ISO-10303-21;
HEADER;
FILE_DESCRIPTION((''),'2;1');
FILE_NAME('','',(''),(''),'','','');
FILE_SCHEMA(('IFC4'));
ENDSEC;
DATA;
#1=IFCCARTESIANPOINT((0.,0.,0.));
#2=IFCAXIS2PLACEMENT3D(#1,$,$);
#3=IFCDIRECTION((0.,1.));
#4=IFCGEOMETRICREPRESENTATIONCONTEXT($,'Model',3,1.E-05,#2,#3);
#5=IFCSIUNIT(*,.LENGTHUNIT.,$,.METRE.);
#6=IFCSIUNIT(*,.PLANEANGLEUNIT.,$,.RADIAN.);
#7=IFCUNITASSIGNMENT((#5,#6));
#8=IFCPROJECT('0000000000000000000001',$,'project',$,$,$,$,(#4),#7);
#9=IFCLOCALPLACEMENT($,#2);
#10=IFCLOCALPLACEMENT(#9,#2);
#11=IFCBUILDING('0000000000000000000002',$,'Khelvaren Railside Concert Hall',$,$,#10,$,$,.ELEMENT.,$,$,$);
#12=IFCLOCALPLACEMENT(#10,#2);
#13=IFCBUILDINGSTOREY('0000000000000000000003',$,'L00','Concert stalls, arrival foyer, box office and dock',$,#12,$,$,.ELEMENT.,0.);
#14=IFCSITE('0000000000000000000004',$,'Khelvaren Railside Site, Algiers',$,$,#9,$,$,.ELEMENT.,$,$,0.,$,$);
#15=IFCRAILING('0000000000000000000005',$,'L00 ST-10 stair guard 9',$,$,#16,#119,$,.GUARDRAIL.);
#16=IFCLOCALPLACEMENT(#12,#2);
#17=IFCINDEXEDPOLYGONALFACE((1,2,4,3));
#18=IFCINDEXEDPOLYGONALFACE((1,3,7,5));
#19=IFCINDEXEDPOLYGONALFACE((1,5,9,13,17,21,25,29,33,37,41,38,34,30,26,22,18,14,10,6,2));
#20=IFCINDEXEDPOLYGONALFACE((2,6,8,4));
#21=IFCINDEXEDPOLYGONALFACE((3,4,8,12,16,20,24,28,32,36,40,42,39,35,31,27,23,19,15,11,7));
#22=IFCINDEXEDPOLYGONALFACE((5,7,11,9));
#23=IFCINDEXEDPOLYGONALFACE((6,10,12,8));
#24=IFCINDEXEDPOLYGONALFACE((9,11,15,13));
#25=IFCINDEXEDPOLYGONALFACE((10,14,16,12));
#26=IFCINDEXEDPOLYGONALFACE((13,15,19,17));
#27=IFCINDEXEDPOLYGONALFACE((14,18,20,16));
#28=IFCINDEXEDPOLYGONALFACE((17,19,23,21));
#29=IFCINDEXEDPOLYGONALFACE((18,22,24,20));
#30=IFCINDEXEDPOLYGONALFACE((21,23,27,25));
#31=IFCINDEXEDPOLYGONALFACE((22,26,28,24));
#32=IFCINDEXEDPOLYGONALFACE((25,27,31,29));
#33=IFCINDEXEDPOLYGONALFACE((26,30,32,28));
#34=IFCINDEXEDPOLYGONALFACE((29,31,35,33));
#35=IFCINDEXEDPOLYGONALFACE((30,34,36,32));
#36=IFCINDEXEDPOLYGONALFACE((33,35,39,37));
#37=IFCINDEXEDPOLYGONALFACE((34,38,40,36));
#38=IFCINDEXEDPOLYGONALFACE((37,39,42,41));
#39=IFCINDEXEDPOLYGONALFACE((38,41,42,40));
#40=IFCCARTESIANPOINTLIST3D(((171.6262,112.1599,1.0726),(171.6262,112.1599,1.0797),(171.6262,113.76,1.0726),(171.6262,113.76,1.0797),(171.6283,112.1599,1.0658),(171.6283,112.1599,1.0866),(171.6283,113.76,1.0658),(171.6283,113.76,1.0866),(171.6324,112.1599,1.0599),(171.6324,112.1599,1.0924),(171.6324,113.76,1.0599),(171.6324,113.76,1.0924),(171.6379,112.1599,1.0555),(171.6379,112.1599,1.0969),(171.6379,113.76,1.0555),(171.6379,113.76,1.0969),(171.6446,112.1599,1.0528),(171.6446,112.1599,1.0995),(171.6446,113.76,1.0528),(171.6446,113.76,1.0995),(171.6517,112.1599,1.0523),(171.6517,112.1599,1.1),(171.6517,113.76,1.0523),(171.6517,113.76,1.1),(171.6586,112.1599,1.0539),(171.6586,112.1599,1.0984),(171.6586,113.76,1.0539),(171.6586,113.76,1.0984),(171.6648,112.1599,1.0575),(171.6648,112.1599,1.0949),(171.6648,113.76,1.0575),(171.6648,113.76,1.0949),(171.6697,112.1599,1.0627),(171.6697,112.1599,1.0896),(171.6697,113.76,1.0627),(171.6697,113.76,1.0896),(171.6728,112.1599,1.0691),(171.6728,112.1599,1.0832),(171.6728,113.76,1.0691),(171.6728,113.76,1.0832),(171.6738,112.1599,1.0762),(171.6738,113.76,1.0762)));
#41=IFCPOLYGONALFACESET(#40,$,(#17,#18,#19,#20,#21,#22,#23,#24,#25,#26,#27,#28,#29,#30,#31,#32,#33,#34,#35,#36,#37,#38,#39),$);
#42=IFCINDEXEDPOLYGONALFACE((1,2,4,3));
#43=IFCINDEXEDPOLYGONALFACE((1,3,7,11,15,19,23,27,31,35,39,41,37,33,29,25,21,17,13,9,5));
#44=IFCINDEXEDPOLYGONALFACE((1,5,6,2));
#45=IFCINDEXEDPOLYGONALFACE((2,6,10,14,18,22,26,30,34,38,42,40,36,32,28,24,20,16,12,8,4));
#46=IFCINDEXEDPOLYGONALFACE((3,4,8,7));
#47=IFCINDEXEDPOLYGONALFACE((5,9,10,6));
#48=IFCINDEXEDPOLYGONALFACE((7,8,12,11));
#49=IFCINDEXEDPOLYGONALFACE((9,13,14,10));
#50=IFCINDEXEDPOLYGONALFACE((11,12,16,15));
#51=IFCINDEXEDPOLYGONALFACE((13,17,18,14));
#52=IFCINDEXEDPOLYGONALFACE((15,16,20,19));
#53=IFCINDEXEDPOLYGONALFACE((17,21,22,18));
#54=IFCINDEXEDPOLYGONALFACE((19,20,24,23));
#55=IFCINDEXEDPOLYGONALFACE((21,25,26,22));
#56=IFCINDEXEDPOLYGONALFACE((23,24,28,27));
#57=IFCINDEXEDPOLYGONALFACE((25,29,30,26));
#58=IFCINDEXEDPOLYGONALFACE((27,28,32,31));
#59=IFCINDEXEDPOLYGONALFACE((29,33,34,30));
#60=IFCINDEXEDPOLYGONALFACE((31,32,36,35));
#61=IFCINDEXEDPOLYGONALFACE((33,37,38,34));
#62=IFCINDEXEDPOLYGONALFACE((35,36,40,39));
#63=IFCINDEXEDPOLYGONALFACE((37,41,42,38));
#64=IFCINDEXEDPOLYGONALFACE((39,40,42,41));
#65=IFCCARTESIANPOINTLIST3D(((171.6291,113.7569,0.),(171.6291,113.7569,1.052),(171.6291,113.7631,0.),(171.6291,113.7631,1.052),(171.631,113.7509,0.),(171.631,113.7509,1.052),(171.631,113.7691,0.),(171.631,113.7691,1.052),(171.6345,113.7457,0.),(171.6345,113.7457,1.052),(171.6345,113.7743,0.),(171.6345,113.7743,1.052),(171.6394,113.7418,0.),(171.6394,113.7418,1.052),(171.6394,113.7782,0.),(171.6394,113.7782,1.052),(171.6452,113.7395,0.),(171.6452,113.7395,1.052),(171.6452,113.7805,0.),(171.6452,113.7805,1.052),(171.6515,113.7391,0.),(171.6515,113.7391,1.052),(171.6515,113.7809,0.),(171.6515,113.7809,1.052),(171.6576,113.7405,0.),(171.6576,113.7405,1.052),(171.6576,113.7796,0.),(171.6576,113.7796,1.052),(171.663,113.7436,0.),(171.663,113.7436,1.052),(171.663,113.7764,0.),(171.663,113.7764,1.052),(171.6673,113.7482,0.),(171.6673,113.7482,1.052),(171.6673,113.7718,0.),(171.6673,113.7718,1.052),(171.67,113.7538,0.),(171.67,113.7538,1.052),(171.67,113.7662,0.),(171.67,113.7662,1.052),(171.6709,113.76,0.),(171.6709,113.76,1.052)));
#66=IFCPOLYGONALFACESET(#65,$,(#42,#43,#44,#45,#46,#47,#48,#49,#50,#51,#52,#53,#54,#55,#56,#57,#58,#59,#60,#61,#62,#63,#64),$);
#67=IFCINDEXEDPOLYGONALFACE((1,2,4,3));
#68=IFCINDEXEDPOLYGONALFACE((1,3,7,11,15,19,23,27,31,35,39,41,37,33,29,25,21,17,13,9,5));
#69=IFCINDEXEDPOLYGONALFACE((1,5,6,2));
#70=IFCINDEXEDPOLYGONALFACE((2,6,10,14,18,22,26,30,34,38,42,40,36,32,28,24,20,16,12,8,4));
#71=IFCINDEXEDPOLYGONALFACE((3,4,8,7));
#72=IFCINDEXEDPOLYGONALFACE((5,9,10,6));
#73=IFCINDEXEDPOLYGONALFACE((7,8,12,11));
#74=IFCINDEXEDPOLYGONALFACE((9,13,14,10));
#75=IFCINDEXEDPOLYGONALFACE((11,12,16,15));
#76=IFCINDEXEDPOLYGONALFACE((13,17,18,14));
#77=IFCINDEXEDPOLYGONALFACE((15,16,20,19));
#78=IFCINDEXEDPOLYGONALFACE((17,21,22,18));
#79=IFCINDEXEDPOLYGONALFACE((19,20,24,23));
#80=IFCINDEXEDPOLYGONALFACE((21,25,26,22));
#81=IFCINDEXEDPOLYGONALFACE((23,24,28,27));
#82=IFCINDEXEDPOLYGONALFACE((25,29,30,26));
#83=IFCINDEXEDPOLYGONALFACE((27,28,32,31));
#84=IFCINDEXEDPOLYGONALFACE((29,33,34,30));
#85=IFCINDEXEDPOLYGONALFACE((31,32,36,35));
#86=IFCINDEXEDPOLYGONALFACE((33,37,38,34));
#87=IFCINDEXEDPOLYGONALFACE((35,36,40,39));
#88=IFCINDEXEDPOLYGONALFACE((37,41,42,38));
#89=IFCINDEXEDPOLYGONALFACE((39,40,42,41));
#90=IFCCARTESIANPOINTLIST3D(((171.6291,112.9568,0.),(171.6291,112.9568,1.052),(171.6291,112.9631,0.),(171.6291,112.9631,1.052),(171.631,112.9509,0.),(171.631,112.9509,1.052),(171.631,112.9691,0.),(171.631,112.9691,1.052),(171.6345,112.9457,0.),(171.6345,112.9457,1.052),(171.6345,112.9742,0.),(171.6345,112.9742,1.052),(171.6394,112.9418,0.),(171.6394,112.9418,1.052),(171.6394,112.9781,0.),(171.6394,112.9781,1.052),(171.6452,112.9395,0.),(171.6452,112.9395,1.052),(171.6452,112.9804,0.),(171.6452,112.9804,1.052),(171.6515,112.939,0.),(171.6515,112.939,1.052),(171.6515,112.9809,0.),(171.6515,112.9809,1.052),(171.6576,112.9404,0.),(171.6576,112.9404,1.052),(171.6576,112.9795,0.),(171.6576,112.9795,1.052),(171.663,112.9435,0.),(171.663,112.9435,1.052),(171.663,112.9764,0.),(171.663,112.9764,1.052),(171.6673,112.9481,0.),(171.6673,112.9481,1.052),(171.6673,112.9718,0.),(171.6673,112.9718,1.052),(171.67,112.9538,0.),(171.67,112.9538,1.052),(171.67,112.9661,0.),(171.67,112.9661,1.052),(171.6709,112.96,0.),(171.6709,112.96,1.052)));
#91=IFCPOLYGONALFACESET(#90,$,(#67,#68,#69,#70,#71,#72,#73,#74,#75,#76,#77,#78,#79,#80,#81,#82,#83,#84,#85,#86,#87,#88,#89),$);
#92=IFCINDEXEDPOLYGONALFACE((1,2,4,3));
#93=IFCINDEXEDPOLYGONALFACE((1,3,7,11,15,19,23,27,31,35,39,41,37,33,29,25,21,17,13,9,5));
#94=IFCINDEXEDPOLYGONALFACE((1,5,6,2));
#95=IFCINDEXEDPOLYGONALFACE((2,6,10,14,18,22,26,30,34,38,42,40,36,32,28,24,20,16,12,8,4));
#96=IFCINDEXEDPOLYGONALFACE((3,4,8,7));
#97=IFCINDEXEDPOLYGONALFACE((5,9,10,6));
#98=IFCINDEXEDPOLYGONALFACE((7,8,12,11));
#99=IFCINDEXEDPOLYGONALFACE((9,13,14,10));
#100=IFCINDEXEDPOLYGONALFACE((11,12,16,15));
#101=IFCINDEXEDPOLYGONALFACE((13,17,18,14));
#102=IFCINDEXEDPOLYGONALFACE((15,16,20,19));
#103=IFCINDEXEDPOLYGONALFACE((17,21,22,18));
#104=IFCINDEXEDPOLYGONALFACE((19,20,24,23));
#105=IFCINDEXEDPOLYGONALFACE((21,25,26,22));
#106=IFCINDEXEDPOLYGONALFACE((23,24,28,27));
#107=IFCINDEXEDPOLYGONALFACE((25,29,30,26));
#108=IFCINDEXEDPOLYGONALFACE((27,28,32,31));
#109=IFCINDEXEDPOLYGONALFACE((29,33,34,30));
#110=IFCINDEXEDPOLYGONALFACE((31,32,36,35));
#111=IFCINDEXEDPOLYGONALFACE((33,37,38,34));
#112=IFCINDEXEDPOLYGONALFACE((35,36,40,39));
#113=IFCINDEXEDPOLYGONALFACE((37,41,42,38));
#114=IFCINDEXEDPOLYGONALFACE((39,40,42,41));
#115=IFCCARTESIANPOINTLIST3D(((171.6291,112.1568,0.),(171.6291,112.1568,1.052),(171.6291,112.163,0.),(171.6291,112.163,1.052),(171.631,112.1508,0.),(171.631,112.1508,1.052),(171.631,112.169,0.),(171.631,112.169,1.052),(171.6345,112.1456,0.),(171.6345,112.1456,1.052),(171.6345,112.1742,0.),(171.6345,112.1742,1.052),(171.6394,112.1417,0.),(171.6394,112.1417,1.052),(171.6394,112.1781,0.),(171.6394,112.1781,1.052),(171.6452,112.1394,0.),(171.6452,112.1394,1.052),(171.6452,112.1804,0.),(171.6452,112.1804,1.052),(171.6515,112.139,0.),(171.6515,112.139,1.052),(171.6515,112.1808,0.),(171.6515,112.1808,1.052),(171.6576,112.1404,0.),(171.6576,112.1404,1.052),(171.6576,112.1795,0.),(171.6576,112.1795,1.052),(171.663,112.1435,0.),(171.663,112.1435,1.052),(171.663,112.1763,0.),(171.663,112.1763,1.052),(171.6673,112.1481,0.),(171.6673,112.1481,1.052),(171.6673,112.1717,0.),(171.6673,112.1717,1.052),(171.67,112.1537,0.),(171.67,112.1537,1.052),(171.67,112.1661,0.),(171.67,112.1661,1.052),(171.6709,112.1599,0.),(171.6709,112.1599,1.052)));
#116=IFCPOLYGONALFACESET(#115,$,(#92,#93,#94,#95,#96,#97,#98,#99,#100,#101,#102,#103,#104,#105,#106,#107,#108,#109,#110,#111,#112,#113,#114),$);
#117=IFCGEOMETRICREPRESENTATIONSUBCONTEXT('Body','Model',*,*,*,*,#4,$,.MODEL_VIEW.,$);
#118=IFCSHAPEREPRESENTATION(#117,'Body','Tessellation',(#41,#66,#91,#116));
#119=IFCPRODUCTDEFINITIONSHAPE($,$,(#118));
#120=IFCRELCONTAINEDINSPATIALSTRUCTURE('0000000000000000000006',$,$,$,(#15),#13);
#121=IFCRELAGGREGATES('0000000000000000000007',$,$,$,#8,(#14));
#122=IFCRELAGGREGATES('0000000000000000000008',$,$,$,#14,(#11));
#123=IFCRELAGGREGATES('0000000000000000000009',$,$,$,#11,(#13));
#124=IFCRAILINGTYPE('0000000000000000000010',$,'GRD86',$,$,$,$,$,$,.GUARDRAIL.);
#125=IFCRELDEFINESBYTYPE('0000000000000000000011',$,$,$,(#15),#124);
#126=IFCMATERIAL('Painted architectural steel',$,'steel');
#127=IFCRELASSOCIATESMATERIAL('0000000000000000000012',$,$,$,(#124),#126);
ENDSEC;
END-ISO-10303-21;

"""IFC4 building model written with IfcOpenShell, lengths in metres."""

from ifc_helpers import new_model, si_unit, direction, frame, origin, origin_2d, place, context, subcontext, project, spatial, circle, extrude, material, type_object, element, save


model = new_model("IFC4")

# Units and contexts
model_context = context("Model", 3, precision=1e-05, world=origin(), true_north=direction((0.0, 1.0)))
body_context = subcontext(model_context, "Body", "Model", "MODEL_VIEW")
ifc_project = project(units=[si_unit("LENGTHUNIT", "METRE"), si_unit("PLANEANGLEUNIT", "RADIAN")], contexts=[model_context])

# Site, building, storey
site_placement = place(None, origin())
site = spatial("IfcSite", under=ifc_project, at=site_placement, Name="Khelvaren Railside Site, Algiers", CompositionType="ELEMENT", RefElevation=0.0)
building_placement = place(site_placement, origin())
building = spatial("IfcBuilding", under=site, at=building_placement, Name="Khelvaren Railside Concert Hall", CompositionType="ELEMENT")
storey_placement = place(building_placement, origin())
storey = spatial("IfcBuildingStorey", under=building, at=storey_placement, Name="L00", Description="Concert stalls, arrival foyer, box office and dock", CompositionType="ELEMENT", Elevation=0.0)

# Railing
ifc_material_1 = material(Name="Painted architectural steel", Category="steel")
railing_type_1 = type_object("IfcRailingType", Name="GRD86", PredefinedType="GUARDRAIL", material=ifc_material_1)
for number, where, name in (
    (1, (171.6499, 113.76, 0.0), "L00 ST-10 stair guard 9"),
):
    element("IfcRailing", number, at=place(storey_placement, frame(where)), inside=storey, type_object=railing_type_1, Name=name, PredefinedType="GUARDRAIL", context=body_context, shape_type="SweptSolid", body=[
        extrude(circle(Radius=0.0239, at=origin_2d()), frame((0.0, 0.0, 1.0762), z_axis=(0.0, -1.0, 0.0), x_axis=(1.0, 0.0, 0.0)), (0.0, 0.0, 1.0), 1.6001),
        extrude(circle(Radius=0.021, at=origin_2d()), origin(), (0.0, 0.0, 1.0), 1.052),
        extrude(circle(Radius=0.021, at=origin_2d()), frame((0.0, -0.8, 0.0)), (0.0, 0.0, 1.0), 1.052),
        extrude(circle(Radius=0.021, at=origin_2d()), frame((0.0, -1.6001, 0.0)), (0.0, 0.0, 1.0), 1.052),
    ])

save(model, "model.ifc")
